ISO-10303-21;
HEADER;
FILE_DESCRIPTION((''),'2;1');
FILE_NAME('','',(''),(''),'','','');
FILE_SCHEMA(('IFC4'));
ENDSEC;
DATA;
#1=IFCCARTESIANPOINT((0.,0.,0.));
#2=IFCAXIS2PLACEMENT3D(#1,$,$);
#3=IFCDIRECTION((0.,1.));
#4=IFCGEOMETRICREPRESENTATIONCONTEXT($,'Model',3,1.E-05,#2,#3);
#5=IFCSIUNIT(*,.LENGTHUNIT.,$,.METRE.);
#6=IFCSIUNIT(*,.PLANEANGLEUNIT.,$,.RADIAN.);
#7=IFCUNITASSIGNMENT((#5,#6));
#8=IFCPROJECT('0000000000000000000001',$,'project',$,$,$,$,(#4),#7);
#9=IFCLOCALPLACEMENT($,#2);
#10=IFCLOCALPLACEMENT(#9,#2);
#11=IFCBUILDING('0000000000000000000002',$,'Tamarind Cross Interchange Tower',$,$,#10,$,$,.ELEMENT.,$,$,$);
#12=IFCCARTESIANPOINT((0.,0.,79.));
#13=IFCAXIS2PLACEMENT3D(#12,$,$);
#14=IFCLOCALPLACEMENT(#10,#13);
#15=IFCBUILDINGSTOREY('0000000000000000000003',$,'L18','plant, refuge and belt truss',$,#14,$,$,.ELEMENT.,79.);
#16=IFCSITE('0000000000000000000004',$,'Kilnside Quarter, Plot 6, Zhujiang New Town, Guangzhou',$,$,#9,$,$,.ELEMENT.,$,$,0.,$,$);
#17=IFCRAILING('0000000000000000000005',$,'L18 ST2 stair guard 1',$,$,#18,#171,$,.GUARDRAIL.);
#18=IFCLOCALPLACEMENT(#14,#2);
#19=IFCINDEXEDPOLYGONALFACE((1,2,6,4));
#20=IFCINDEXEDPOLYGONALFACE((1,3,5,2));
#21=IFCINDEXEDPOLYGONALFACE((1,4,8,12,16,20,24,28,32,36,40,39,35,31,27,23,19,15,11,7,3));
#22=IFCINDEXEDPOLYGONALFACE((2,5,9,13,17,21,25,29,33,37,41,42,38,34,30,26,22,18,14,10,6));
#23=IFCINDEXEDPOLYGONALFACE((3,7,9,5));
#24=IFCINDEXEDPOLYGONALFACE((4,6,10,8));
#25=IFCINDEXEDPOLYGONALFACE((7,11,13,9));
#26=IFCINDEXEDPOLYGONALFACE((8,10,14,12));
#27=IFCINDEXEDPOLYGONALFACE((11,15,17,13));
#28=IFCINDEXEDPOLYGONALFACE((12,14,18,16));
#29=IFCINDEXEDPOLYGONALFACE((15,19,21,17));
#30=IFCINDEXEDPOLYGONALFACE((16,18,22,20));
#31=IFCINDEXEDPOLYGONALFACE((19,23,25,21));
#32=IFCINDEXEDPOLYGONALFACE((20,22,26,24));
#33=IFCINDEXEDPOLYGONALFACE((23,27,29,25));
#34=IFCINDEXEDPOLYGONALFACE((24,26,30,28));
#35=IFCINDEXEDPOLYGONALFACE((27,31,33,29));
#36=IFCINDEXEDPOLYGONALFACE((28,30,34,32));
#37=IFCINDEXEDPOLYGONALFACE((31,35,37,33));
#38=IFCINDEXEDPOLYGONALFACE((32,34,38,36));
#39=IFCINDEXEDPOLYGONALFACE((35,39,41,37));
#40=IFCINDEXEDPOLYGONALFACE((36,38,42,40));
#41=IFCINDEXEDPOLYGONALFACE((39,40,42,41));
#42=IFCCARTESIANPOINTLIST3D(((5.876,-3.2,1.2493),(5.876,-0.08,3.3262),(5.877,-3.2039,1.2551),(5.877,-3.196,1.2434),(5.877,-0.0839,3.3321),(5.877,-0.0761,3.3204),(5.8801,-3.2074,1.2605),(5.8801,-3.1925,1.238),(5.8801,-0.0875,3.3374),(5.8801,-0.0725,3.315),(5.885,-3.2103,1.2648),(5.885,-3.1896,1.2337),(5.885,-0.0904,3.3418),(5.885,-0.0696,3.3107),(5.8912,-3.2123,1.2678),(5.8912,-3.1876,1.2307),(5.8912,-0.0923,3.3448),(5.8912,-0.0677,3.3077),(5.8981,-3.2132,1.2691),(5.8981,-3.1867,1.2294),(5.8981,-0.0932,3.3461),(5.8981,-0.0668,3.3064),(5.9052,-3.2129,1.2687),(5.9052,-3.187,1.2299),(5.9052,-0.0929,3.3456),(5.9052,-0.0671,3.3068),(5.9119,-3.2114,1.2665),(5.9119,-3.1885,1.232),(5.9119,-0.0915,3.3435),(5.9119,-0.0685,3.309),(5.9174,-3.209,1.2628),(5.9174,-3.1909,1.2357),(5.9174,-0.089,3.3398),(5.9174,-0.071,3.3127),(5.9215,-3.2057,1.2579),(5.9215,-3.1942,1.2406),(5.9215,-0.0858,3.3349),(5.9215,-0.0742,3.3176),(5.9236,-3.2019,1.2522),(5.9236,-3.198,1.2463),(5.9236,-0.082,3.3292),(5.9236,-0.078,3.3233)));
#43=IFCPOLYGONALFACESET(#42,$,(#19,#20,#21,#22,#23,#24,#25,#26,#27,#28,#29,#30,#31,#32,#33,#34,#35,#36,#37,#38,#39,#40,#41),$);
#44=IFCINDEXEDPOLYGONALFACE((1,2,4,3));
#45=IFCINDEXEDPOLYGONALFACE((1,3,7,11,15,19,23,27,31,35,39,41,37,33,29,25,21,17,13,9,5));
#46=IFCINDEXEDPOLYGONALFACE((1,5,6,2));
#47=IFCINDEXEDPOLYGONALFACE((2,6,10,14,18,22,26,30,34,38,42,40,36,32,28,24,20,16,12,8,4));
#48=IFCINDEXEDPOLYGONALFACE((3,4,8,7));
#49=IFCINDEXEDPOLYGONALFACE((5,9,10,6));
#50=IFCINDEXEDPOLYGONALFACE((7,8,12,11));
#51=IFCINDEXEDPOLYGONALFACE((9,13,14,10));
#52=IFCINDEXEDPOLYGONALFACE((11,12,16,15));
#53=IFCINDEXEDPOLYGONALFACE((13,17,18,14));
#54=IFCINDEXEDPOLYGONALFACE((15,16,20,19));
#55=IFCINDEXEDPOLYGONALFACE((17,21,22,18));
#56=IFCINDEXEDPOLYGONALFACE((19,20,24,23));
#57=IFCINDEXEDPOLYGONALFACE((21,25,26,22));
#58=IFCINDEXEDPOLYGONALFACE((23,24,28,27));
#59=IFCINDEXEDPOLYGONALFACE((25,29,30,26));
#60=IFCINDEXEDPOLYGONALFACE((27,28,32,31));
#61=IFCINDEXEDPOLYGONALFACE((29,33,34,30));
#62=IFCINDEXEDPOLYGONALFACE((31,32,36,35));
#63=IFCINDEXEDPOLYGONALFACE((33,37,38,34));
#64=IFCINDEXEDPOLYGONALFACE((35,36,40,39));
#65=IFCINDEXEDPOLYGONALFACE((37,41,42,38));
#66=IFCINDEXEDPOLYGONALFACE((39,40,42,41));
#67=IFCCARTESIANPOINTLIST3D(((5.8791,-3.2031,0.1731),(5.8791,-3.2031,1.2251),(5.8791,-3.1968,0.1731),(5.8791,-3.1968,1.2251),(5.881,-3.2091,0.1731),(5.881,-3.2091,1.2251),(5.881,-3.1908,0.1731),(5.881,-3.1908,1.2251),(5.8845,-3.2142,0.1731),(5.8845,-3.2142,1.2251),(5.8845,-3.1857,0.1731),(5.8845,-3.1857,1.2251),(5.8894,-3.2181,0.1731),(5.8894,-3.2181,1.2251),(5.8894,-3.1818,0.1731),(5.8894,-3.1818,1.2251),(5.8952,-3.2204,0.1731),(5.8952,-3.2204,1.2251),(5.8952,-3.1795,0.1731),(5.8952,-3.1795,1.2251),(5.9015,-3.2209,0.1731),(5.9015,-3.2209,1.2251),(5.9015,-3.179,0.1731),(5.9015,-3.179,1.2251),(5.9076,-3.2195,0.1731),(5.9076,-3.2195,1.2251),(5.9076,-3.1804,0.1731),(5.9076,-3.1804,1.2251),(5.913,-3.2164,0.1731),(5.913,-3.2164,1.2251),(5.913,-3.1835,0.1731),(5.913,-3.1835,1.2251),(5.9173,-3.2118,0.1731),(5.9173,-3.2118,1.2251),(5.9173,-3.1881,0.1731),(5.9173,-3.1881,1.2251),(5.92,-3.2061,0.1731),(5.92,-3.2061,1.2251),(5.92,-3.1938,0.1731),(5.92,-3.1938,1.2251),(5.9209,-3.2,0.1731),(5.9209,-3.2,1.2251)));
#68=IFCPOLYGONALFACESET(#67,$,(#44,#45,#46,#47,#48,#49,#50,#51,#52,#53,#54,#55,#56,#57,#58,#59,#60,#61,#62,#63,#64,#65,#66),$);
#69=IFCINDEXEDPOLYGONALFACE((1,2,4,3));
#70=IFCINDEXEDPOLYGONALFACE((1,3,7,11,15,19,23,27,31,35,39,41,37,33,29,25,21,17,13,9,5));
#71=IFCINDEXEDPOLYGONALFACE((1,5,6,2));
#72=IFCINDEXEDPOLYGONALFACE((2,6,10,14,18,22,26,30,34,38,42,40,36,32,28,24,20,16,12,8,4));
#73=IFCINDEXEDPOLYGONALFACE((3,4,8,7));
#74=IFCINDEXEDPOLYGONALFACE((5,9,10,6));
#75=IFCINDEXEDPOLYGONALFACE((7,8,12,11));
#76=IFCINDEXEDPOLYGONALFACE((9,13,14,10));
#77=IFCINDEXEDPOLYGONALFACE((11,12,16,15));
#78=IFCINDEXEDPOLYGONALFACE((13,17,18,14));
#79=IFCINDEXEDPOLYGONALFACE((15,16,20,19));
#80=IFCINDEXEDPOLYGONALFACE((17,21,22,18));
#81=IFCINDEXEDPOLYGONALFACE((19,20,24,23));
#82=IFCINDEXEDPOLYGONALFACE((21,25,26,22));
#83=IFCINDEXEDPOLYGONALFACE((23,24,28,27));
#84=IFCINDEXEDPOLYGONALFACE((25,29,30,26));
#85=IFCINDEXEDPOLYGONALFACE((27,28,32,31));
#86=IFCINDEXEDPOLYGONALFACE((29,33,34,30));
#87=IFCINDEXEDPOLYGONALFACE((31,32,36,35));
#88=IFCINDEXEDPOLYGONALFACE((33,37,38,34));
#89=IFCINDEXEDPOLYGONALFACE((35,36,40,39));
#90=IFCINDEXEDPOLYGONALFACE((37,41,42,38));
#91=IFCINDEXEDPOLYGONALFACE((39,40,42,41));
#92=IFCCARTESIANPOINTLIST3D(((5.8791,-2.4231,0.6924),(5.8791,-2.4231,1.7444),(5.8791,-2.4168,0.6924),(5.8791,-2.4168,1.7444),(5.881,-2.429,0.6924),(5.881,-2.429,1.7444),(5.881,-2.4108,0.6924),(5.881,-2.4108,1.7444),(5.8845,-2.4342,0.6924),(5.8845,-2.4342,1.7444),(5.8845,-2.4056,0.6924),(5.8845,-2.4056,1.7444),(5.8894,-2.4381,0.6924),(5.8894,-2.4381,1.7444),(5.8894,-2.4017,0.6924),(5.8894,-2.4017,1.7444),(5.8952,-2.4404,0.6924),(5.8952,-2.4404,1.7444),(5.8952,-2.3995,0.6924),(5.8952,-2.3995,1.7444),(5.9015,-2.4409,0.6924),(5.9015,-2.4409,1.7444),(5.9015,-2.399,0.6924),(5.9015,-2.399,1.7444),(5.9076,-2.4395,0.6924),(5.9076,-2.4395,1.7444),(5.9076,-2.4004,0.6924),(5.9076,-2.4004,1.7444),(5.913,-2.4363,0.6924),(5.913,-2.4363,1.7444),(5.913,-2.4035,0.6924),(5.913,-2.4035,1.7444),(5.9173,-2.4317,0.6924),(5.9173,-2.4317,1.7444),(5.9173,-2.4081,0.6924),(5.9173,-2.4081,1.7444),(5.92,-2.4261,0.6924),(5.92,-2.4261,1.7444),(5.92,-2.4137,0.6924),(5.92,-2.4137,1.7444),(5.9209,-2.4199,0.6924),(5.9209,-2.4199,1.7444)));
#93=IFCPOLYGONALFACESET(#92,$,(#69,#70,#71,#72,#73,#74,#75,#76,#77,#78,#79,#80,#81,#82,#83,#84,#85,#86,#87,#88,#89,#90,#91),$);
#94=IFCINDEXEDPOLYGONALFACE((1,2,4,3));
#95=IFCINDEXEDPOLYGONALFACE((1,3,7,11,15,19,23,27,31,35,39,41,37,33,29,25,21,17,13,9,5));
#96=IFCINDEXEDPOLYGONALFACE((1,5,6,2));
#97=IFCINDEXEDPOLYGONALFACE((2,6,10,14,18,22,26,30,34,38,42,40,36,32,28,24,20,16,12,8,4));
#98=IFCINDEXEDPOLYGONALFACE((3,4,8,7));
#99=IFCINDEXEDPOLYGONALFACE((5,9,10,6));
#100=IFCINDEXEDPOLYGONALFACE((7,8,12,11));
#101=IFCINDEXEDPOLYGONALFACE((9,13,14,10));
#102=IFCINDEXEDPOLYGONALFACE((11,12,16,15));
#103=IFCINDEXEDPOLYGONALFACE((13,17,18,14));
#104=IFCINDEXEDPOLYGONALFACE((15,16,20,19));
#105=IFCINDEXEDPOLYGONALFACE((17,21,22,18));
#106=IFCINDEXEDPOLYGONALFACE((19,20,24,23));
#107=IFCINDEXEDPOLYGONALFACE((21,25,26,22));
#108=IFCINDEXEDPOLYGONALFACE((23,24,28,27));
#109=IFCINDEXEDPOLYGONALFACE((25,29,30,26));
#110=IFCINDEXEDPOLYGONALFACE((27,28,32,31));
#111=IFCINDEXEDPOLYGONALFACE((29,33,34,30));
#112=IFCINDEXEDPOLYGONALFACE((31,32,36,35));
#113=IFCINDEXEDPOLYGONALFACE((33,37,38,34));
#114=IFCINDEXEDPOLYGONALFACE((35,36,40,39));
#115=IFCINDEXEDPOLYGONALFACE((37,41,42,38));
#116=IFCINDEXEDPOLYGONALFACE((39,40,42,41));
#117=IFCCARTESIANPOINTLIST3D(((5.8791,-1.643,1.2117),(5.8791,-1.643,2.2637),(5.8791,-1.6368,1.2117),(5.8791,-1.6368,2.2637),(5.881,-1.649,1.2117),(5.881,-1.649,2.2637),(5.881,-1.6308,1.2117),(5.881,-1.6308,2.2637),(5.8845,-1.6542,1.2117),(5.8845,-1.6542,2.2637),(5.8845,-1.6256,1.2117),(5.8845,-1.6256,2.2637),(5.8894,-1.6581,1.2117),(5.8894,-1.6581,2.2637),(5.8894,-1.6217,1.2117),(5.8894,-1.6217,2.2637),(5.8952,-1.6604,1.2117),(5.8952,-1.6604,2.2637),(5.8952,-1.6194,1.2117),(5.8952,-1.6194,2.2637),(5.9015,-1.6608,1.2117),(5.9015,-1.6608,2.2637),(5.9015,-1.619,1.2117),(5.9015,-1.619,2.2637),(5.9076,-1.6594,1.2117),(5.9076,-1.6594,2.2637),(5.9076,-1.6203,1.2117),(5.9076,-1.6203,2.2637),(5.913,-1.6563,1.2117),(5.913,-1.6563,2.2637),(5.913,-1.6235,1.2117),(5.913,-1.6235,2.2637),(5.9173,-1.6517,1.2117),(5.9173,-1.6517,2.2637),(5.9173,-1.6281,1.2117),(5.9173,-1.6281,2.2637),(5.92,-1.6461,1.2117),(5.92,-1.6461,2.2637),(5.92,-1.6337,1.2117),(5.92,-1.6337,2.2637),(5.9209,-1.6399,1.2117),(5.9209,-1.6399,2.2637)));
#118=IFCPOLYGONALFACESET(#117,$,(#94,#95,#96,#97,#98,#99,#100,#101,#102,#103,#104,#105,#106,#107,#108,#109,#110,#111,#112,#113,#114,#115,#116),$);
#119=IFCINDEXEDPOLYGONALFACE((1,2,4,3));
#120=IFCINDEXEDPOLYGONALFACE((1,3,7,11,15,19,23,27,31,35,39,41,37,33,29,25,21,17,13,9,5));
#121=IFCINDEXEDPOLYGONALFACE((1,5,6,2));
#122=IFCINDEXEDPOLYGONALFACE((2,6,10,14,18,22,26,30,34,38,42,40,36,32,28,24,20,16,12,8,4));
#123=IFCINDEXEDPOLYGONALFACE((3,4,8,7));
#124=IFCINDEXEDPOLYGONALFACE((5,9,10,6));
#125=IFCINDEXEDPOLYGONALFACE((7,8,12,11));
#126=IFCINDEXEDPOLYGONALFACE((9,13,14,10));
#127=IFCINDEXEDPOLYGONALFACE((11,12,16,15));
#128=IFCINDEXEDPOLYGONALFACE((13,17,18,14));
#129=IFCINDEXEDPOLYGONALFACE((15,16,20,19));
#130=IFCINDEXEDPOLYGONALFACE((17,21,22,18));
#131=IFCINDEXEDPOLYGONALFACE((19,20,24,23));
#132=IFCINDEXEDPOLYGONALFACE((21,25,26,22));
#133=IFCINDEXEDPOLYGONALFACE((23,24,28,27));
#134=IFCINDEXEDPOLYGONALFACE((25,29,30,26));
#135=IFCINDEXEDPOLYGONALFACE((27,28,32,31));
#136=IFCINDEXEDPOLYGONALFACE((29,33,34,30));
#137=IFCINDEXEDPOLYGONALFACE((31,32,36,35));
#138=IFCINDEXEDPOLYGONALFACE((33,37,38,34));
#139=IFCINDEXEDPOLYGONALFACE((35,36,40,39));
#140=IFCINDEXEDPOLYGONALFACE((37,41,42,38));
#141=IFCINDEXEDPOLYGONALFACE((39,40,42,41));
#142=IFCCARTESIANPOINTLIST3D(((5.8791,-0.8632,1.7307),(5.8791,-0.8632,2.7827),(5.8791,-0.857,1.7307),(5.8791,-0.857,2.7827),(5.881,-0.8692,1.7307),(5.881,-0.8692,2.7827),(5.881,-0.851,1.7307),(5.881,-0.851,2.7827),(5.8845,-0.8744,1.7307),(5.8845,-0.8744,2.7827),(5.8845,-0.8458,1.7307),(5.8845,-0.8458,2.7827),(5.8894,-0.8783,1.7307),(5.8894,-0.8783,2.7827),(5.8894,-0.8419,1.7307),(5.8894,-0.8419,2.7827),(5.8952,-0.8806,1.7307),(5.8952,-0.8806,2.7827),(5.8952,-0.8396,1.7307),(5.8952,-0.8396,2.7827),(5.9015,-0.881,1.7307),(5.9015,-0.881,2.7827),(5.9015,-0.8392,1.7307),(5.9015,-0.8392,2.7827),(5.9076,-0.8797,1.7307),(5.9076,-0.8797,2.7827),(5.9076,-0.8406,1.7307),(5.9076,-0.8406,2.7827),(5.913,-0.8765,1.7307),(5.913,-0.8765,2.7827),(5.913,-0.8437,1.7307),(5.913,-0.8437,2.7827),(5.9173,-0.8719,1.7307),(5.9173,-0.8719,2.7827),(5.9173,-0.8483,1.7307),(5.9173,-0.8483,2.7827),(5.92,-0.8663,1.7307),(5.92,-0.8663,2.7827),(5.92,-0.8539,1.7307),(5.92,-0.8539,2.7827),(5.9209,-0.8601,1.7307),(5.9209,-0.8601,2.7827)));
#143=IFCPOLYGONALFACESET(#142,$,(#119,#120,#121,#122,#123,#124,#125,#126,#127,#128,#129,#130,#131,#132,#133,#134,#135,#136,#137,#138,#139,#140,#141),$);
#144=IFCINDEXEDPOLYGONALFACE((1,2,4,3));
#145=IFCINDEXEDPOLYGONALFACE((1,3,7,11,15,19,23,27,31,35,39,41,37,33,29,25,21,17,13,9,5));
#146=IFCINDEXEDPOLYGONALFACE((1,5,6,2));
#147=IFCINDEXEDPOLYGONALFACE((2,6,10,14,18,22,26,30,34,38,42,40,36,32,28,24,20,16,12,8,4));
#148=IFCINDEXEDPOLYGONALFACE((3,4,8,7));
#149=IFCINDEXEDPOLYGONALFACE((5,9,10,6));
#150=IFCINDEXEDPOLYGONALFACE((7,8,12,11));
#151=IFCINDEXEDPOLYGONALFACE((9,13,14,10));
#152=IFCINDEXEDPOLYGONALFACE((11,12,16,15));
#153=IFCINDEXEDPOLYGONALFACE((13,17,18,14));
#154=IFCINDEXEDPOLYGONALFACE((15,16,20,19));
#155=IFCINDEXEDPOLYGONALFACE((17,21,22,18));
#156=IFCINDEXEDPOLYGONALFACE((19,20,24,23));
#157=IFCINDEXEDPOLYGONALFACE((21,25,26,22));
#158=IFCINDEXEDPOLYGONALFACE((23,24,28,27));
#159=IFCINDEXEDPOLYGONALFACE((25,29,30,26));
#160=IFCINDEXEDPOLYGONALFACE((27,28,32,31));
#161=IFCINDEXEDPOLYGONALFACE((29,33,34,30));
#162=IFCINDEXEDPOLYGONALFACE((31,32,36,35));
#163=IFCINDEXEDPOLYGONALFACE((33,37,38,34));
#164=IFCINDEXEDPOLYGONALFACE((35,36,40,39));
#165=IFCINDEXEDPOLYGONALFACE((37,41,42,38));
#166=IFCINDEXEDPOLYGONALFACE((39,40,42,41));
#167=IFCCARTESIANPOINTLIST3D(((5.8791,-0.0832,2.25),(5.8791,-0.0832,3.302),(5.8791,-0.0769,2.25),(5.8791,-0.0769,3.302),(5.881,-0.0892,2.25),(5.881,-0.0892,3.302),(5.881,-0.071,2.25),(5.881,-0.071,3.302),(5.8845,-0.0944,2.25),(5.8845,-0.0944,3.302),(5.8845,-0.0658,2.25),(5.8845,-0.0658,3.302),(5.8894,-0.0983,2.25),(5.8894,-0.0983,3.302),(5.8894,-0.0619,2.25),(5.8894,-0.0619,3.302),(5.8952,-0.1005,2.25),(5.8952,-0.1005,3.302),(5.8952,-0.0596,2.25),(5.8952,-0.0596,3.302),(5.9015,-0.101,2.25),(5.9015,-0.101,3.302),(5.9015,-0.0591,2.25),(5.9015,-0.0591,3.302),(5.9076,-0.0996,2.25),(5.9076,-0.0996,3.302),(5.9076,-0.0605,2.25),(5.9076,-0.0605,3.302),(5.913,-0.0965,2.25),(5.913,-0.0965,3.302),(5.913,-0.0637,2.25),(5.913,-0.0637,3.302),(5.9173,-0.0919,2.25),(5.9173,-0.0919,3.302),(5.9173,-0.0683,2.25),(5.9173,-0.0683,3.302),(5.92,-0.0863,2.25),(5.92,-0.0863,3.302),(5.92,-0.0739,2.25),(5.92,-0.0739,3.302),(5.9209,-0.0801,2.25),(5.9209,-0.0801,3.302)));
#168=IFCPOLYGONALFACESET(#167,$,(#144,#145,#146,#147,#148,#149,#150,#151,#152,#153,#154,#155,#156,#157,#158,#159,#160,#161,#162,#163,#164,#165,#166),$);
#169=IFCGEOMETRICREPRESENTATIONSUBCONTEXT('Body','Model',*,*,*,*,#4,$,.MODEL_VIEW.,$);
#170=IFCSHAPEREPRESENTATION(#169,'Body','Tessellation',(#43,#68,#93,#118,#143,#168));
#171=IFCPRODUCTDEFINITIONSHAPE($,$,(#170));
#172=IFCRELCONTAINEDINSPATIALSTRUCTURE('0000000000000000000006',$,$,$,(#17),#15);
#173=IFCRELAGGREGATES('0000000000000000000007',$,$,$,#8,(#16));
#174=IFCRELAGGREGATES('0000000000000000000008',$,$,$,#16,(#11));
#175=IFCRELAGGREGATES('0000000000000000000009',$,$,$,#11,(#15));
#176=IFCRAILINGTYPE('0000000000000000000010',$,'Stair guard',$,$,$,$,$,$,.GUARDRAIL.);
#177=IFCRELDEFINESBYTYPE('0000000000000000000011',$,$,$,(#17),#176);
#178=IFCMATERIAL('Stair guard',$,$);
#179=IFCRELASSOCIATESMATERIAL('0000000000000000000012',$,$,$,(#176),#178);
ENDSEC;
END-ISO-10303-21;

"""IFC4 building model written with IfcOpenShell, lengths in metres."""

from ifc_helpers import new_model, si_unit, direction, frame, origin, origin_2d, place, context, subcontext, project, spatial, circle, extrude, material, type_object, element, save


model = new_model("IFC4")

# Units and contexts
model_context = context("Model", 3, precision=1e-05, world=origin(), true_north=direction((0.0, 1.0)))
body_context = subcontext(model_context, "Body", "Model", "MODEL_VIEW")
ifc_project = project(units=[si_unit("LENGTHUNIT", "METRE"), si_unit("PLANEANGLEUNIT", "RADIAN")], contexts=[model_context])

# Site, building, storey
site_placement = place(None, origin())
site = spatial("IfcSite", under=ifc_project, at=site_placement, Name="Kilnside Quarter, Plot 6, Zhujiang New Town, Guangzhou", CompositionType="ELEMENT", RefElevation=0.0)
building_placement = place(site_placement, origin())
building = spatial("IfcBuilding", under=site, at=building_placement, Name="Tamarind Cross Interchange Tower", CompositionType="ELEMENT")
storey_placement = place(building_placement, frame((0.0, 0.0, 79.0)))
storey = spatial("IfcBuildingStorey", under=building, at=storey_placement, Name="L18", Description="plant, refuge and belt truss", CompositionType="ELEMENT", Elevation=79.0)

# Railing
ifc_material_1 = material(Name="Stair guard")
railing_type_1 = type_object("IfcRailingType", Name="Stair guard", PredefinedType="GUARDRAIL", material=ifc_material_1)
railing_1_placement = place(storey_placement, frame((5.8999, -3.2, 0.1731)))
element("IfcRailing", 1, at=railing_1_placement, inside=storey, type_object=railing_type_1, Name="L18 ST2 stair guard 1", PredefinedType="GUARDRAIL", context=body_context, shape_type="SweptSolid", body=[
    extrude(circle(Radius=0.0239, at=origin_2d()), frame((0.0, 0.0, 1.0762), z_axis=(0.0, 0.832421, 0.554144), x_axis=(-1.0, 0.0, 0.0)), (0.0, 0.0, 1.0), 3.748),
    extrude(circle(Radius=0.021, at=origin_2d()), origin(), (0.0, 0.0, 1.0), 1.052),
    extrude(circle(Radius=0.021, at=origin_2d()), frame((0.0, 0.78, 0.5193)), (0.0, 0.0, 1.0), 1.052),
    extrude(circle(Radius=0.021, at=origin_2d()), frame((0.0, 1.5601, 1.0386)), (0.0, 0.0, 1.0), 1.052),
    extrude(circle(Radius=0.021, at=origin_2d()), frame((0.0, 2.3398, 1.5576)), (0.0, 0.0, 1.0), 1.052),
    extrude(circle(Radius=0.021, at=origin_2d()), frame((0.0, 3.1199, 2.0769)), (0.0, 0.0, 1.0), 1.052),
])

save(model, "model.ifc")
